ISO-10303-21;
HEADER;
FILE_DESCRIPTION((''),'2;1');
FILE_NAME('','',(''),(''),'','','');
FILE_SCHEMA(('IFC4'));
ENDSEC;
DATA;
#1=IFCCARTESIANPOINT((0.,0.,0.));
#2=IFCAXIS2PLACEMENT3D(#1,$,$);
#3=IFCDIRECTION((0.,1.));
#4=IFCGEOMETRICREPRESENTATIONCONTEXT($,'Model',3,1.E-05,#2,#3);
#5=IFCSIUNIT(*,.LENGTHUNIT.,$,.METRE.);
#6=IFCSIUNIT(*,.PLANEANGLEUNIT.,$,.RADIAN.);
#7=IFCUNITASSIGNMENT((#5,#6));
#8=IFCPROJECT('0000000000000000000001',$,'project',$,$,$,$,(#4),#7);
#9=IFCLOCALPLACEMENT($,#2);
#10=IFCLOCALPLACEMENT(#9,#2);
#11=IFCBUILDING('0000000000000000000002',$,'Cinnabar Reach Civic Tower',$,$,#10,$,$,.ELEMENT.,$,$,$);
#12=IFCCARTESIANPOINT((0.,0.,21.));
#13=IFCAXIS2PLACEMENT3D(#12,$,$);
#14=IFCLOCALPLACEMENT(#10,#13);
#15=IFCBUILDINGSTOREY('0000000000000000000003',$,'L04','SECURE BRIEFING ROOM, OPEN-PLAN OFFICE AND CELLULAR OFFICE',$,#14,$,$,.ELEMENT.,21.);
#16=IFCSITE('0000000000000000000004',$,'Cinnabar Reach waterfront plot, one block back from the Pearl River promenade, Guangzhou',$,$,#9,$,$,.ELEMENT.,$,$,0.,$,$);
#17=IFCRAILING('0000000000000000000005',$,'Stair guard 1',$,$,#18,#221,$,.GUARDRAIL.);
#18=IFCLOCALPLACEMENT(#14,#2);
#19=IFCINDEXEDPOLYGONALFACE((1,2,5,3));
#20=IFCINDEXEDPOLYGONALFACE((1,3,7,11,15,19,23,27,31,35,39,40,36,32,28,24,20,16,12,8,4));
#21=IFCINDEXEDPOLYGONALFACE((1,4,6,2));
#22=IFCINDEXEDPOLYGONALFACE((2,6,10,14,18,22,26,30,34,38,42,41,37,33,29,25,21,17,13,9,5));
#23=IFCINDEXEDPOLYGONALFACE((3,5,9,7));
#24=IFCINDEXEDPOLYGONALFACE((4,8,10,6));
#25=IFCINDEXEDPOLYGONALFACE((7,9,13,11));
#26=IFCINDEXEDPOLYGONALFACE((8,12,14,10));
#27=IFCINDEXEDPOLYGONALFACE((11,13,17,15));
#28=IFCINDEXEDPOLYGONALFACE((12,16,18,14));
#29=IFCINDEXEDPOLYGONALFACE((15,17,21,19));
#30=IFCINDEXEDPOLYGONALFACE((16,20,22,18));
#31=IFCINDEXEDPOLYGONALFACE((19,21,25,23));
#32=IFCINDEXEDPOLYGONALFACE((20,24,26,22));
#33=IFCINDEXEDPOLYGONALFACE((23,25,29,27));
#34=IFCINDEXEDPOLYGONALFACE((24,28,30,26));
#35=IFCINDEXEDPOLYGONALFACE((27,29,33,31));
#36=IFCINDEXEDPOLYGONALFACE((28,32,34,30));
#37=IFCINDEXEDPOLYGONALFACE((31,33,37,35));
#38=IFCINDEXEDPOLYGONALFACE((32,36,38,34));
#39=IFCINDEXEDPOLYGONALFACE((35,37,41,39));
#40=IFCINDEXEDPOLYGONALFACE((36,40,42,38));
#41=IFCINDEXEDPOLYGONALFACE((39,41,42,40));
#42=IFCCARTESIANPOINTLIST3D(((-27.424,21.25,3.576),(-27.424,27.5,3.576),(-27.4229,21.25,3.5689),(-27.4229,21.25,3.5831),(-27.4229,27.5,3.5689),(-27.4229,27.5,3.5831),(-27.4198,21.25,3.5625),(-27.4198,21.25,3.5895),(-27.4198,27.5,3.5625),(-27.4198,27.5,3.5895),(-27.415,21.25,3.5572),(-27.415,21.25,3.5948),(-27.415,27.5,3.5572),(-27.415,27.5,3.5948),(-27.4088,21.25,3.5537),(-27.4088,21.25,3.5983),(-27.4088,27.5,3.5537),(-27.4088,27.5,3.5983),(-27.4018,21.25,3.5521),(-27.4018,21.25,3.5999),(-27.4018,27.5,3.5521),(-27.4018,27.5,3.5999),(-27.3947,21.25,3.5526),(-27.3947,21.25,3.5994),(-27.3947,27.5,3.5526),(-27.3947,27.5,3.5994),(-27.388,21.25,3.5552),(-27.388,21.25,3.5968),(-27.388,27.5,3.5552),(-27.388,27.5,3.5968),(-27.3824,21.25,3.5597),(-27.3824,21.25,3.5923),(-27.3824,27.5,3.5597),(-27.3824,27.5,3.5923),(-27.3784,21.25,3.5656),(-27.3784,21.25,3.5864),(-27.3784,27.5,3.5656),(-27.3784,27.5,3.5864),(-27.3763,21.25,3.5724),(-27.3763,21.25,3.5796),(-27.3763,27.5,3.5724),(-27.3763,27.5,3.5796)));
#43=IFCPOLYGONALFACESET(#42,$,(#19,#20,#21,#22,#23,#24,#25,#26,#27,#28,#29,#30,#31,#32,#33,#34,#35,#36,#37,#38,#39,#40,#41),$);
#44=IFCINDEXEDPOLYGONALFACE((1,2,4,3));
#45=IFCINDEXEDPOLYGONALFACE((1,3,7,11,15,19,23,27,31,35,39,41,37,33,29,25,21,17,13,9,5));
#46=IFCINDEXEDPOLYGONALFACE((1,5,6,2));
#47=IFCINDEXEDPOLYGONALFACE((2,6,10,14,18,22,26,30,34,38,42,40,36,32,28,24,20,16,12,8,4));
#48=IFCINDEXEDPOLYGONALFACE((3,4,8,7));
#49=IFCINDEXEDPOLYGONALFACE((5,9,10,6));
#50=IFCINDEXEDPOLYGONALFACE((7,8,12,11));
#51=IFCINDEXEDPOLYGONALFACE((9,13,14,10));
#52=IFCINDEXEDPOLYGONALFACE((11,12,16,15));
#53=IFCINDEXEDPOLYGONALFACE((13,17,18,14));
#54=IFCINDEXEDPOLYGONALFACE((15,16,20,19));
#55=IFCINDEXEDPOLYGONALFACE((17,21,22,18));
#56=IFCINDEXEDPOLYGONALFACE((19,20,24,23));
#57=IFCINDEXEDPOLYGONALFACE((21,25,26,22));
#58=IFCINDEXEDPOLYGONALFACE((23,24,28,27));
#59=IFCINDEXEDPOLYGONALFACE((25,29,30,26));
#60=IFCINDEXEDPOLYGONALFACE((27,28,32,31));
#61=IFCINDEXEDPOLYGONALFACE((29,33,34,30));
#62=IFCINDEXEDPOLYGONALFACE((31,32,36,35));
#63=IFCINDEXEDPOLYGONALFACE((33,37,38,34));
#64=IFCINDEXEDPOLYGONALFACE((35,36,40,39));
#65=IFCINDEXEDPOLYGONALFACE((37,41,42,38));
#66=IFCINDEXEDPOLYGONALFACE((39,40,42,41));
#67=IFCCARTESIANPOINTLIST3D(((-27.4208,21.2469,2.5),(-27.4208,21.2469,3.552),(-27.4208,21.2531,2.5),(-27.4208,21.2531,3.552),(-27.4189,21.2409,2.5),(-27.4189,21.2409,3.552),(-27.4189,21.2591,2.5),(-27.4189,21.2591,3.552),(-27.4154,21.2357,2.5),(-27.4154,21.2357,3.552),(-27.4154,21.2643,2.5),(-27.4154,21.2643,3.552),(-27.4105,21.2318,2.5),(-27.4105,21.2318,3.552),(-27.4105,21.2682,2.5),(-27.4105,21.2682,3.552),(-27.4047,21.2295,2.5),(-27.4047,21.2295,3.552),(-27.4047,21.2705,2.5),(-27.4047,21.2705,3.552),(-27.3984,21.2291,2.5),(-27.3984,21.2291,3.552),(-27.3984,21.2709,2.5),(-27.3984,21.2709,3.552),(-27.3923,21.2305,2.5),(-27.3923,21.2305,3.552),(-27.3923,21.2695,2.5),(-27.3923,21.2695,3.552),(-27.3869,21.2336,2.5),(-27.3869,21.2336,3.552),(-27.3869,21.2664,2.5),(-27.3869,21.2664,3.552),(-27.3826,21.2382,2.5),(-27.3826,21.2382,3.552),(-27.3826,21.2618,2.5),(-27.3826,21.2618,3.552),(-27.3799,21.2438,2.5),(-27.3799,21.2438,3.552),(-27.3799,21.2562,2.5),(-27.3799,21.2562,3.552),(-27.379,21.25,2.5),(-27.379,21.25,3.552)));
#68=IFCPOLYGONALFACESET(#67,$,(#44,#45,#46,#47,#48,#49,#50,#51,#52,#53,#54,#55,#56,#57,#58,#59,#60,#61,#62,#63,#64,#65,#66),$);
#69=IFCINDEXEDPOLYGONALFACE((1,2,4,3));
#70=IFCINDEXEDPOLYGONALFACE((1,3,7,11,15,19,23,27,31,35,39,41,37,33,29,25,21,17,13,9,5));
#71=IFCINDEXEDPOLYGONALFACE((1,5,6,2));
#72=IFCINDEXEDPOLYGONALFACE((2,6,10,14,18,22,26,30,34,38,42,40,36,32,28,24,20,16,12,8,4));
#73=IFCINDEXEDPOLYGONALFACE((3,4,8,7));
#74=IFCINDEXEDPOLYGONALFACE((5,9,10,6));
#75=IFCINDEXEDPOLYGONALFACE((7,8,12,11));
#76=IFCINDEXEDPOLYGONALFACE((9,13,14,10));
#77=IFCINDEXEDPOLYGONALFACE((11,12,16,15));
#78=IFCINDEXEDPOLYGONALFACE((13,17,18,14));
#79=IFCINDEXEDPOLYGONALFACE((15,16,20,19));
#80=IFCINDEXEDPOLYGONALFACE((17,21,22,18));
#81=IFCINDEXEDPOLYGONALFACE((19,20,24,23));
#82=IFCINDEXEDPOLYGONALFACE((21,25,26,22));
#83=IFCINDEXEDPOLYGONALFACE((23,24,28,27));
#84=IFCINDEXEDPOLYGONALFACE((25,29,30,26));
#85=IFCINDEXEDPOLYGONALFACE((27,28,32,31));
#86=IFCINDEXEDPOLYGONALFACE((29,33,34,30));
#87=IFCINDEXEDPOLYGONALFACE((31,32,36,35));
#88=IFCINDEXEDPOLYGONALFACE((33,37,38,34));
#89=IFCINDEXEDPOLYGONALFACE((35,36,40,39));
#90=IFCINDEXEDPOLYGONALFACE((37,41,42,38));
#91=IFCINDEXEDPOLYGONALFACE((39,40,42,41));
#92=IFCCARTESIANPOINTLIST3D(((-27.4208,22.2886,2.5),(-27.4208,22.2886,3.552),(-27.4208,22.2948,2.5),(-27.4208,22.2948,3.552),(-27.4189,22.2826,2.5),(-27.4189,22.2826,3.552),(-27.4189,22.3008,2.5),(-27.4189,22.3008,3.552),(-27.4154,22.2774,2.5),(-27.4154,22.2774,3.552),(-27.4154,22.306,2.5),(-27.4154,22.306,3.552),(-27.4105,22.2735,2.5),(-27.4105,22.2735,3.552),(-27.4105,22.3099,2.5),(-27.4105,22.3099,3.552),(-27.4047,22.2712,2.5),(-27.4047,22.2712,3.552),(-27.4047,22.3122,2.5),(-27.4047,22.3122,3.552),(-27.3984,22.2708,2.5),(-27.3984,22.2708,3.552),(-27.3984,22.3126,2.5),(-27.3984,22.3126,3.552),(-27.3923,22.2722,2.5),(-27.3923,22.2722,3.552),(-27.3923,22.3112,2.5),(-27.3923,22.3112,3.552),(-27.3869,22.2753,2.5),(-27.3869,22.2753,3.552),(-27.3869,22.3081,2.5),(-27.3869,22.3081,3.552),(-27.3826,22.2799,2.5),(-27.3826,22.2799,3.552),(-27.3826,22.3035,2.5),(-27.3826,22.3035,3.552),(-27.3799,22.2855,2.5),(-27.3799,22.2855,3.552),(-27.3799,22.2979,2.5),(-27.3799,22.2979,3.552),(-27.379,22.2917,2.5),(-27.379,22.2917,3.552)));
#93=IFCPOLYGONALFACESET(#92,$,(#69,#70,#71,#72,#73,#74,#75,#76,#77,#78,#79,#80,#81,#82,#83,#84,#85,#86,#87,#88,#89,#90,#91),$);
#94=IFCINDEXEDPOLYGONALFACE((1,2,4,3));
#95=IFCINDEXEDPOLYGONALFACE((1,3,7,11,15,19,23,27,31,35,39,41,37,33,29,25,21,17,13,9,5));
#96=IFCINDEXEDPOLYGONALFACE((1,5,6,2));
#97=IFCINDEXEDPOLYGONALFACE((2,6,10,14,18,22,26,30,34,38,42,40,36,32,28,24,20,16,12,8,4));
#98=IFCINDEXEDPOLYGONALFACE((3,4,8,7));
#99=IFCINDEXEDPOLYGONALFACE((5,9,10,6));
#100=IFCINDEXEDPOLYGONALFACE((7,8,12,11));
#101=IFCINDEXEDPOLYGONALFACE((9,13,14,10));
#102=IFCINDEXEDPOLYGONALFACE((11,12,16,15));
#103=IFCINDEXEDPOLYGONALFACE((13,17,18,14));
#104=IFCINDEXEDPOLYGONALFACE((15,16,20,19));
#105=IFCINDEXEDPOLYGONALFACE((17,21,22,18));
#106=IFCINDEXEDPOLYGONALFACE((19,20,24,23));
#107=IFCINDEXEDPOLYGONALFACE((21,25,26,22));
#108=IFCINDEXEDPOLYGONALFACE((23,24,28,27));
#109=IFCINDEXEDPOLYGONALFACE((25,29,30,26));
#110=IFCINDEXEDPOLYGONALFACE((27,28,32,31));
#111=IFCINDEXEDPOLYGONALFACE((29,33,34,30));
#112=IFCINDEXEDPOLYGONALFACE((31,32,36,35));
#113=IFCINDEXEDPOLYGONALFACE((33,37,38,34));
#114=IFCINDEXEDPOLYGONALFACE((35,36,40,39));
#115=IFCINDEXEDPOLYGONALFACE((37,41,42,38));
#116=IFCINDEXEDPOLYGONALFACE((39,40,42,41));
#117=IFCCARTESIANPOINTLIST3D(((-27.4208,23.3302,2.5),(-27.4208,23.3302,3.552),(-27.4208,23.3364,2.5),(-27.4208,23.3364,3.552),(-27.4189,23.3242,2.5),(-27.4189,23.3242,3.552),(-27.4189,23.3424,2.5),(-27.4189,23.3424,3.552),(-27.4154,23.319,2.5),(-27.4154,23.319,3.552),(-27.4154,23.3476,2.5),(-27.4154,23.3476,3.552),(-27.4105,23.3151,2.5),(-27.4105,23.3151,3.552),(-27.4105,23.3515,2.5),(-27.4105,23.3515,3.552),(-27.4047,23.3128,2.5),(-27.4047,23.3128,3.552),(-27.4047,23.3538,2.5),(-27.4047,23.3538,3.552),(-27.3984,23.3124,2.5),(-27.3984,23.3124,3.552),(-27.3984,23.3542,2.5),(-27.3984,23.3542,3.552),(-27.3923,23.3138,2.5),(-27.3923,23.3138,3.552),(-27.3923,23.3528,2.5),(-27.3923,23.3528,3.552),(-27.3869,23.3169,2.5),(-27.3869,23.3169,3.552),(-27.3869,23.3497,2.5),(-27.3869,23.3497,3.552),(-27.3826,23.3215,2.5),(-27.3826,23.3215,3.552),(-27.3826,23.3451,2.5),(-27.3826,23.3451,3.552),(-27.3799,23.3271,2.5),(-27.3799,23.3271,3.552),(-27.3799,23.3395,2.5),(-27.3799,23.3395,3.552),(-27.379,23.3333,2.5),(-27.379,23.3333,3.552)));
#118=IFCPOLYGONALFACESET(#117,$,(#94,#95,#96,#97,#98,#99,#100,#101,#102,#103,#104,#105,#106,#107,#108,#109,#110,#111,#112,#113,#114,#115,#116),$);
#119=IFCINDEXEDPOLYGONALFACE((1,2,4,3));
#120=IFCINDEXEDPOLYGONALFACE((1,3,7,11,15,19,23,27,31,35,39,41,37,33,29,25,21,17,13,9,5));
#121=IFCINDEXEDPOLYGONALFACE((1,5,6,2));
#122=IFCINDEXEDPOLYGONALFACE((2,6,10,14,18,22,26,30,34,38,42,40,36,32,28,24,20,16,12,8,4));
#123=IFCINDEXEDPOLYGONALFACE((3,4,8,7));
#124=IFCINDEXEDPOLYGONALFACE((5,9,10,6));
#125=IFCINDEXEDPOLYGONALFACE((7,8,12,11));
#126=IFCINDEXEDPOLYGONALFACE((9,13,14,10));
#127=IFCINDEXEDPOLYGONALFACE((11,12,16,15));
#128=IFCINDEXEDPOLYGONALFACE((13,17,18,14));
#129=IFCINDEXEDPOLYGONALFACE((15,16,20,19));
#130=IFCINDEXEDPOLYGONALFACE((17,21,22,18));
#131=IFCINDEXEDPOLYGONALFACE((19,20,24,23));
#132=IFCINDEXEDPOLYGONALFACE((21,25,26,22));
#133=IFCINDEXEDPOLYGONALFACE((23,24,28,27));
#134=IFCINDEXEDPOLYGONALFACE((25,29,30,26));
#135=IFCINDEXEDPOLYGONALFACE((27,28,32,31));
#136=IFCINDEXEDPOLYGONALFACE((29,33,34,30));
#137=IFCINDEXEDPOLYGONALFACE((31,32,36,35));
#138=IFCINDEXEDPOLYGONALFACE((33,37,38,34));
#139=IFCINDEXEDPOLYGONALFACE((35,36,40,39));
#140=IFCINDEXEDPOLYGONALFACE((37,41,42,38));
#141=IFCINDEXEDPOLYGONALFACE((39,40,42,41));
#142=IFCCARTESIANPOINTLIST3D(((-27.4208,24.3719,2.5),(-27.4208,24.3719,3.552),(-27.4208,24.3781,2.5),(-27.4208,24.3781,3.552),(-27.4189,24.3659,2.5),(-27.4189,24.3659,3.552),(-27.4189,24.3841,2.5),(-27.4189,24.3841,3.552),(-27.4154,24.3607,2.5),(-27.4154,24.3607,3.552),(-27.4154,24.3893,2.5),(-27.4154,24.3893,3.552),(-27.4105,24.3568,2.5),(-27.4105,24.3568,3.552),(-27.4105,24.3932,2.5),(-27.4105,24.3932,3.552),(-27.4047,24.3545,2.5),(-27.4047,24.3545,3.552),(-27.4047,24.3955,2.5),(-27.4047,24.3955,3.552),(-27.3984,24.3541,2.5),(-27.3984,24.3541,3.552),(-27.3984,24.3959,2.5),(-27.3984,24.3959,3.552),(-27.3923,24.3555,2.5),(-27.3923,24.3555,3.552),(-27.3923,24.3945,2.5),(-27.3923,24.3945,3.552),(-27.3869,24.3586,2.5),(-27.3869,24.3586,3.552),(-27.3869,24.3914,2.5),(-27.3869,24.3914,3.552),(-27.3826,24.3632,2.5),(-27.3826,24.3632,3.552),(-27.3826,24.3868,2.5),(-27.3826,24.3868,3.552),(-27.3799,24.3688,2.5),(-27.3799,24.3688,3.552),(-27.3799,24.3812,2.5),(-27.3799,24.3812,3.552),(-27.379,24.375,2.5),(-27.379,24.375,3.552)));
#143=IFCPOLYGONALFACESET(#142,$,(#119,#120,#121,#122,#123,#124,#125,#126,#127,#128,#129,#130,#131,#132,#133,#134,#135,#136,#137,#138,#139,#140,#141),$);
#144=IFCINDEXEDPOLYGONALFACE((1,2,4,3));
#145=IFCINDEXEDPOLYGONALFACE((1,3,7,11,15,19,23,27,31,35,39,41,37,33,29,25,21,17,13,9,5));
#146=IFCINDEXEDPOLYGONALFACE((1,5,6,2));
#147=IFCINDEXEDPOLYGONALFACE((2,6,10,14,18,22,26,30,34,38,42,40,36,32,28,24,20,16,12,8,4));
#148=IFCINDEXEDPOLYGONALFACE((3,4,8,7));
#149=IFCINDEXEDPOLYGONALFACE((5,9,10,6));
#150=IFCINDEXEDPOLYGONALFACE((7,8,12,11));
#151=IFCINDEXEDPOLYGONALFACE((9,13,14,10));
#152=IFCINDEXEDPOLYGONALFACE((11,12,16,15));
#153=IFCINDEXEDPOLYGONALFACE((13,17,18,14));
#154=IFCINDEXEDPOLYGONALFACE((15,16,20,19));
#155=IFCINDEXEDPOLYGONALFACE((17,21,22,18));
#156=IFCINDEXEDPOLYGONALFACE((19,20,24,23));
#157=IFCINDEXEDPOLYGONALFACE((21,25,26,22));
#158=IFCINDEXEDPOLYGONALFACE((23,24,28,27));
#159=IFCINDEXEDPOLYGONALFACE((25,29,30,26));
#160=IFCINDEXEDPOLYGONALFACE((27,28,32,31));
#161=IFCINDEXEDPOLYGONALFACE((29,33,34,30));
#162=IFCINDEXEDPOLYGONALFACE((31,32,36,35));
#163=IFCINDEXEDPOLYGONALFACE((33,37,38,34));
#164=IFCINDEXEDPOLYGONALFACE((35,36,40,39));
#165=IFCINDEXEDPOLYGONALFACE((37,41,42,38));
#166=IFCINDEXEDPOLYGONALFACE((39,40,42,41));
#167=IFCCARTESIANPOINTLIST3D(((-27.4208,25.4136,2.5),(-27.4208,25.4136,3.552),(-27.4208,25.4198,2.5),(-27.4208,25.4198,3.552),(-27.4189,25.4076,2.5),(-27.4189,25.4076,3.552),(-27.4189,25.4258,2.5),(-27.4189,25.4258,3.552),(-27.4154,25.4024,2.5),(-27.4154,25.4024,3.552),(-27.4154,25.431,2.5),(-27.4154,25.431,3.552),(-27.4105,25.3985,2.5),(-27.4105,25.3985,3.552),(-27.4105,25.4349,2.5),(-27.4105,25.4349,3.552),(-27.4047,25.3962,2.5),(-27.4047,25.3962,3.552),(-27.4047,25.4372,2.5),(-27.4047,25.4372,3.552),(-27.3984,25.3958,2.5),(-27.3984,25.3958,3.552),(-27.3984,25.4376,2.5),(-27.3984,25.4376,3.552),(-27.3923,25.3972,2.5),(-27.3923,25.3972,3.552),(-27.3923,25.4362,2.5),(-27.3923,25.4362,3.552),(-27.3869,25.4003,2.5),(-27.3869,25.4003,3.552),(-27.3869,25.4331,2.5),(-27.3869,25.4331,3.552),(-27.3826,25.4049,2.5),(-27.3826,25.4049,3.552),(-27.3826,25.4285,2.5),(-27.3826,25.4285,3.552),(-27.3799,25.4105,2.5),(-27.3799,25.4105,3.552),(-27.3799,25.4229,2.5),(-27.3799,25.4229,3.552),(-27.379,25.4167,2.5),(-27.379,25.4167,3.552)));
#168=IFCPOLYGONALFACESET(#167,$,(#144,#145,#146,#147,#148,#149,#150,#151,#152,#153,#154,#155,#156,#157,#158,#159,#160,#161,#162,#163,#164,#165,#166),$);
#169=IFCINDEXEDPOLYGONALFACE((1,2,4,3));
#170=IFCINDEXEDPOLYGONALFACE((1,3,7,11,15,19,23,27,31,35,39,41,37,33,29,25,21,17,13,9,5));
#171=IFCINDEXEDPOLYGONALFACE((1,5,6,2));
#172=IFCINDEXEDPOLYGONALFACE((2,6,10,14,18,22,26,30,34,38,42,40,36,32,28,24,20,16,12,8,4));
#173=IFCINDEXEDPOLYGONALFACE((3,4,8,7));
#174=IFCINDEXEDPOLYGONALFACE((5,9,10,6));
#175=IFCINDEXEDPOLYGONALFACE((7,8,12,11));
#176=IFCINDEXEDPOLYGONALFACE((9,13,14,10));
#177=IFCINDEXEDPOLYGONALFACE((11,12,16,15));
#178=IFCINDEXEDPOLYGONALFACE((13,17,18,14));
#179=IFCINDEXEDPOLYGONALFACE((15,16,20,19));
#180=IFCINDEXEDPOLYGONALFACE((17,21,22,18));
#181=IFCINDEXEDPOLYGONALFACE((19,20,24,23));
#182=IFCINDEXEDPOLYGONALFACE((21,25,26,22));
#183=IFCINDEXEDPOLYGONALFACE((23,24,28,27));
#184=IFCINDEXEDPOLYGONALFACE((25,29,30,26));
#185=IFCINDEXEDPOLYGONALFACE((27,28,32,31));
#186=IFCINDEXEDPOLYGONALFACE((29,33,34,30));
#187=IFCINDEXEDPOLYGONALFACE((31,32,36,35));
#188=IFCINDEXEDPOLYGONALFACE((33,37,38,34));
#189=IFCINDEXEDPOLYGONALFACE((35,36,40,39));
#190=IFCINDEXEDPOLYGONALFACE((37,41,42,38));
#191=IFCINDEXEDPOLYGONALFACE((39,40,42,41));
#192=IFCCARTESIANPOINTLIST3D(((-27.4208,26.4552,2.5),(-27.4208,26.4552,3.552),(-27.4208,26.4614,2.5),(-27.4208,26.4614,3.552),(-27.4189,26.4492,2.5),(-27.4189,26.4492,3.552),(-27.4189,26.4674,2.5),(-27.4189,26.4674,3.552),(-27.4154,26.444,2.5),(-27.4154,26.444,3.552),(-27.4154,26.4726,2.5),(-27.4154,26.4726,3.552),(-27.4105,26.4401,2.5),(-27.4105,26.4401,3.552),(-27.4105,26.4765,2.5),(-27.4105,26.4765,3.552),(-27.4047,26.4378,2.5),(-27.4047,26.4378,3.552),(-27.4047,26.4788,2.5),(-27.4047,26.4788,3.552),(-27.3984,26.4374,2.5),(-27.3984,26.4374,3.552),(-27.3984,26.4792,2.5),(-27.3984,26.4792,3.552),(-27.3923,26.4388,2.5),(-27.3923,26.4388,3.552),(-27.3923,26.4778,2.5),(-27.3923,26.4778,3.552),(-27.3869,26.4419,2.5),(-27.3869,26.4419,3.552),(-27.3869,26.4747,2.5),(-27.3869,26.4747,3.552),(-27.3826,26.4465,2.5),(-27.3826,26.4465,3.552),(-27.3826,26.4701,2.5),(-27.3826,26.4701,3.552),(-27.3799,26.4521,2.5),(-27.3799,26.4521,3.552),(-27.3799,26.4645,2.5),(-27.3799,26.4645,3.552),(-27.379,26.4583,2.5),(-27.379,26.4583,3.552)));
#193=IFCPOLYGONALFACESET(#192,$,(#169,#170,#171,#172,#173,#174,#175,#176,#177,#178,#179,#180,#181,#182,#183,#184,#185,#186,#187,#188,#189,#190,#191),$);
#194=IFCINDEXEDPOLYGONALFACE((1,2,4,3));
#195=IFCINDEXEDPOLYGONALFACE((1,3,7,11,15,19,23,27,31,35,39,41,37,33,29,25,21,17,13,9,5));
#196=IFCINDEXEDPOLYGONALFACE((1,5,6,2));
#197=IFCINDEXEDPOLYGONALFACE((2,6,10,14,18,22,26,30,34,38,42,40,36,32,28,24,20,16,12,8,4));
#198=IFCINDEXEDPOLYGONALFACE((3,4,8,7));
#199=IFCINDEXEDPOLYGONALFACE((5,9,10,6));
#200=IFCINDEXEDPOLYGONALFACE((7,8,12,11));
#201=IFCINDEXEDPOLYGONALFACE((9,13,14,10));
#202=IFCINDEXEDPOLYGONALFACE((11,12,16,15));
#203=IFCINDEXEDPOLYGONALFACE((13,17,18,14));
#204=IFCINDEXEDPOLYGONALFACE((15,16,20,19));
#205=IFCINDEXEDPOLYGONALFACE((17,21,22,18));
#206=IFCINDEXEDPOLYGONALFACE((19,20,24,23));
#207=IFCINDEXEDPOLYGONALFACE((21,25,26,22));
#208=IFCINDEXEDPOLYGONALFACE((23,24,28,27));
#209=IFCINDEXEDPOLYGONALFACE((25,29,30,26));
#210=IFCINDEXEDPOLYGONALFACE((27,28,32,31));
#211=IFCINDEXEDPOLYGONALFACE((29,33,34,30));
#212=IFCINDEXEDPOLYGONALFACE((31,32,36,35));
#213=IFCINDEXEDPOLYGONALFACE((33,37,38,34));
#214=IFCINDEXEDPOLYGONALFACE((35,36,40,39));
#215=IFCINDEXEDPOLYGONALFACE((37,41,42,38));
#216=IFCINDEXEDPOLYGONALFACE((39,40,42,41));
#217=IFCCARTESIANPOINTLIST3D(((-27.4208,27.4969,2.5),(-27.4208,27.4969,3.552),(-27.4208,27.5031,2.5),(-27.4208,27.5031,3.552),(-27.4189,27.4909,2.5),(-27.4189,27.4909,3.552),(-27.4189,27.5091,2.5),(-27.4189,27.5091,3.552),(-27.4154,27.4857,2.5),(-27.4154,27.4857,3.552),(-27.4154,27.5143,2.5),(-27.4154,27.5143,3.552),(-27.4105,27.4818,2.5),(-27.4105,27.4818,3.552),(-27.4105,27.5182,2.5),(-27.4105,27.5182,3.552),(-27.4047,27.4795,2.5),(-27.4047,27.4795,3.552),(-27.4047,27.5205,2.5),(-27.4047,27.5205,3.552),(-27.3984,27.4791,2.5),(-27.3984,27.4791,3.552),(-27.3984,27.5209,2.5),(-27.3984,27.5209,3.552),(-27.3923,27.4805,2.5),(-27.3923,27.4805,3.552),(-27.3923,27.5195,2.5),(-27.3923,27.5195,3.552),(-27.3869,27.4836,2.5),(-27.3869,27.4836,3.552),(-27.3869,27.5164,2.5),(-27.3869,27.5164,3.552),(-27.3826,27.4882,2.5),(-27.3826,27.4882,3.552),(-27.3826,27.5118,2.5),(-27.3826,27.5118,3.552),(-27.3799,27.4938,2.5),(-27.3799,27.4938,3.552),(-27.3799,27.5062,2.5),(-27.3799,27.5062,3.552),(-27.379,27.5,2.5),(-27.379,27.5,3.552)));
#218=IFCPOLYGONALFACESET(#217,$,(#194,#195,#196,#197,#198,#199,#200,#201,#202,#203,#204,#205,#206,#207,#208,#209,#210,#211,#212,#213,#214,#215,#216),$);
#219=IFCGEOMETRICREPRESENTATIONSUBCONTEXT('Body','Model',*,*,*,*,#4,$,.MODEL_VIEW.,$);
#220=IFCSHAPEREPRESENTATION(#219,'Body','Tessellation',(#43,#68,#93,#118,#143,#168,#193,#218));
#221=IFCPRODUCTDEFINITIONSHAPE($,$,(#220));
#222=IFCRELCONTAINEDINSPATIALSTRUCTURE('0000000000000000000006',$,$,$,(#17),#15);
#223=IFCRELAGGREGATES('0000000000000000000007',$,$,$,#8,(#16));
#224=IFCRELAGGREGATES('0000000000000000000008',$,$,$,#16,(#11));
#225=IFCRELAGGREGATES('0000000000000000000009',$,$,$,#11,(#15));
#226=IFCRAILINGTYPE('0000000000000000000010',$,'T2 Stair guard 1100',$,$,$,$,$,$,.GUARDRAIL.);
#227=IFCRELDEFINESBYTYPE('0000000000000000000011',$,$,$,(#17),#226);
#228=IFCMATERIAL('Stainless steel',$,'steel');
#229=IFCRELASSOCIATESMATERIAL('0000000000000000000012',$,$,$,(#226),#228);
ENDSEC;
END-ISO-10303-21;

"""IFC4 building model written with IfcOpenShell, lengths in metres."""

from ifc_helpers import new_model, si_unit, direction, frame, origin, origin_2d, place, context, subcontext, project, spatial, circle, extrude, material, type_object, element, save


model = new_model("IFC4")

# Units and contexts
model_context = context("Model", 3, precision=1e-05, world=origin(), true_north=direction((0.0, 1.0)))
body_context = subcontext(model_context, "Body", "Model", "MODEL_VIEW")
ifc_project = project(units=[si_unit("LENGTHUNIT", "METRE"), si_unit("PLANEANGLEUNIT", "RADIAN")], contexts=[model_context])

# Site, building, storey
site_placement = place(None, origin())
site = spatial("IfcSite", under=ifc_project, at=site_placement, Name="Cinnabar Reach waterfront plot, one block back from the Pearl River promenade, Guangzhou", CompositionType="ELEMENT", RefElevation=0.0)
building_placement = place(site_placement, origin())
building = spatial("IfcBuilding", under=site, at=building_placement, Name="Cinnabar Reach Civic Tower", CompositionType="ELEMENT")
storey_placement = place(building_placement, frame((0.0, 0.0, 21.0)))
storey = spatial("IfcBuildingStorey", under=building, at=storey_placement, Name="L04", Description="SECURE BRIEFING ROOM, OPEN-PLAN OFFICE AND CELLULAR OFFICE", CompositionType="ELEMENT", Elevation=21.0)

# Railing
ifc_material_1 = material(Name="Stainless steel", Category="steel")
railing_type = type_object("IfcRailingType", Name="T2 Stair guard 1100", PredefinedType="GUARDRAIL", material=ifc_material_1)
for number, where, name in (
    (1, (-27.4, 21.25, 2.5), "Stair guard 1"),
):
    element("IfcRailing", number, at=place(storey_placement, frame(where)), inside=storey, type_object=railing_type, Name=name, PredefinedType="GUARDRAIL", context=body_context, shape_type="SweptSolid", body=[
        extrude(circle(Radius=0.024, at=origin_2d()), frame((0.0, 0.0, 1.076), z_axis=(0.0, 1.0, 0.0), x_axis=(-1.0, 0.0, 0.0)), (0.0, 0.0, 1.0), 6.25),
        extrude(circle(Radius=0.021, at=origin_2d()), origin(), (0.0, 0.0, 1.0), 1.052),
        extrude(circle(Radius=0.021, at=origin_2d()), frame((0.0, 1.0417, 0.0)), (0.0, 0.0, 1.0), 1.052),
        extrude(circle(Radius=0.021, at=origin_2d()), frame((0.0, 2.0833, 0.0)), (0.0, 0.0, 1.0), 1.052),
        extrude(circle(Radius=0.021, at=origin_2d()), frame((0.0, 3.125, 0.0)), (0.0, 0.0, 1.0), 1.052),
        extrude(circle(Radius=0.021, at=origin_2d()), frame((0.0, 4.1667, 0.0)), (0.0, 0.0, 1.0), 1.052),
        extrude(circle(Radius=0.021, at=origin_2d()), frame((0.0, 5.2083, 0.0)), (0.0, 0.0, 1.0), 1.052),
        extrude(circle(Radius=0.021, at=origin_2d()), frame((0.0, 6.25, 0.0)), (0.0, 0.0, 1.0), 1.052),
    ])

save(model, "model.ifc")
